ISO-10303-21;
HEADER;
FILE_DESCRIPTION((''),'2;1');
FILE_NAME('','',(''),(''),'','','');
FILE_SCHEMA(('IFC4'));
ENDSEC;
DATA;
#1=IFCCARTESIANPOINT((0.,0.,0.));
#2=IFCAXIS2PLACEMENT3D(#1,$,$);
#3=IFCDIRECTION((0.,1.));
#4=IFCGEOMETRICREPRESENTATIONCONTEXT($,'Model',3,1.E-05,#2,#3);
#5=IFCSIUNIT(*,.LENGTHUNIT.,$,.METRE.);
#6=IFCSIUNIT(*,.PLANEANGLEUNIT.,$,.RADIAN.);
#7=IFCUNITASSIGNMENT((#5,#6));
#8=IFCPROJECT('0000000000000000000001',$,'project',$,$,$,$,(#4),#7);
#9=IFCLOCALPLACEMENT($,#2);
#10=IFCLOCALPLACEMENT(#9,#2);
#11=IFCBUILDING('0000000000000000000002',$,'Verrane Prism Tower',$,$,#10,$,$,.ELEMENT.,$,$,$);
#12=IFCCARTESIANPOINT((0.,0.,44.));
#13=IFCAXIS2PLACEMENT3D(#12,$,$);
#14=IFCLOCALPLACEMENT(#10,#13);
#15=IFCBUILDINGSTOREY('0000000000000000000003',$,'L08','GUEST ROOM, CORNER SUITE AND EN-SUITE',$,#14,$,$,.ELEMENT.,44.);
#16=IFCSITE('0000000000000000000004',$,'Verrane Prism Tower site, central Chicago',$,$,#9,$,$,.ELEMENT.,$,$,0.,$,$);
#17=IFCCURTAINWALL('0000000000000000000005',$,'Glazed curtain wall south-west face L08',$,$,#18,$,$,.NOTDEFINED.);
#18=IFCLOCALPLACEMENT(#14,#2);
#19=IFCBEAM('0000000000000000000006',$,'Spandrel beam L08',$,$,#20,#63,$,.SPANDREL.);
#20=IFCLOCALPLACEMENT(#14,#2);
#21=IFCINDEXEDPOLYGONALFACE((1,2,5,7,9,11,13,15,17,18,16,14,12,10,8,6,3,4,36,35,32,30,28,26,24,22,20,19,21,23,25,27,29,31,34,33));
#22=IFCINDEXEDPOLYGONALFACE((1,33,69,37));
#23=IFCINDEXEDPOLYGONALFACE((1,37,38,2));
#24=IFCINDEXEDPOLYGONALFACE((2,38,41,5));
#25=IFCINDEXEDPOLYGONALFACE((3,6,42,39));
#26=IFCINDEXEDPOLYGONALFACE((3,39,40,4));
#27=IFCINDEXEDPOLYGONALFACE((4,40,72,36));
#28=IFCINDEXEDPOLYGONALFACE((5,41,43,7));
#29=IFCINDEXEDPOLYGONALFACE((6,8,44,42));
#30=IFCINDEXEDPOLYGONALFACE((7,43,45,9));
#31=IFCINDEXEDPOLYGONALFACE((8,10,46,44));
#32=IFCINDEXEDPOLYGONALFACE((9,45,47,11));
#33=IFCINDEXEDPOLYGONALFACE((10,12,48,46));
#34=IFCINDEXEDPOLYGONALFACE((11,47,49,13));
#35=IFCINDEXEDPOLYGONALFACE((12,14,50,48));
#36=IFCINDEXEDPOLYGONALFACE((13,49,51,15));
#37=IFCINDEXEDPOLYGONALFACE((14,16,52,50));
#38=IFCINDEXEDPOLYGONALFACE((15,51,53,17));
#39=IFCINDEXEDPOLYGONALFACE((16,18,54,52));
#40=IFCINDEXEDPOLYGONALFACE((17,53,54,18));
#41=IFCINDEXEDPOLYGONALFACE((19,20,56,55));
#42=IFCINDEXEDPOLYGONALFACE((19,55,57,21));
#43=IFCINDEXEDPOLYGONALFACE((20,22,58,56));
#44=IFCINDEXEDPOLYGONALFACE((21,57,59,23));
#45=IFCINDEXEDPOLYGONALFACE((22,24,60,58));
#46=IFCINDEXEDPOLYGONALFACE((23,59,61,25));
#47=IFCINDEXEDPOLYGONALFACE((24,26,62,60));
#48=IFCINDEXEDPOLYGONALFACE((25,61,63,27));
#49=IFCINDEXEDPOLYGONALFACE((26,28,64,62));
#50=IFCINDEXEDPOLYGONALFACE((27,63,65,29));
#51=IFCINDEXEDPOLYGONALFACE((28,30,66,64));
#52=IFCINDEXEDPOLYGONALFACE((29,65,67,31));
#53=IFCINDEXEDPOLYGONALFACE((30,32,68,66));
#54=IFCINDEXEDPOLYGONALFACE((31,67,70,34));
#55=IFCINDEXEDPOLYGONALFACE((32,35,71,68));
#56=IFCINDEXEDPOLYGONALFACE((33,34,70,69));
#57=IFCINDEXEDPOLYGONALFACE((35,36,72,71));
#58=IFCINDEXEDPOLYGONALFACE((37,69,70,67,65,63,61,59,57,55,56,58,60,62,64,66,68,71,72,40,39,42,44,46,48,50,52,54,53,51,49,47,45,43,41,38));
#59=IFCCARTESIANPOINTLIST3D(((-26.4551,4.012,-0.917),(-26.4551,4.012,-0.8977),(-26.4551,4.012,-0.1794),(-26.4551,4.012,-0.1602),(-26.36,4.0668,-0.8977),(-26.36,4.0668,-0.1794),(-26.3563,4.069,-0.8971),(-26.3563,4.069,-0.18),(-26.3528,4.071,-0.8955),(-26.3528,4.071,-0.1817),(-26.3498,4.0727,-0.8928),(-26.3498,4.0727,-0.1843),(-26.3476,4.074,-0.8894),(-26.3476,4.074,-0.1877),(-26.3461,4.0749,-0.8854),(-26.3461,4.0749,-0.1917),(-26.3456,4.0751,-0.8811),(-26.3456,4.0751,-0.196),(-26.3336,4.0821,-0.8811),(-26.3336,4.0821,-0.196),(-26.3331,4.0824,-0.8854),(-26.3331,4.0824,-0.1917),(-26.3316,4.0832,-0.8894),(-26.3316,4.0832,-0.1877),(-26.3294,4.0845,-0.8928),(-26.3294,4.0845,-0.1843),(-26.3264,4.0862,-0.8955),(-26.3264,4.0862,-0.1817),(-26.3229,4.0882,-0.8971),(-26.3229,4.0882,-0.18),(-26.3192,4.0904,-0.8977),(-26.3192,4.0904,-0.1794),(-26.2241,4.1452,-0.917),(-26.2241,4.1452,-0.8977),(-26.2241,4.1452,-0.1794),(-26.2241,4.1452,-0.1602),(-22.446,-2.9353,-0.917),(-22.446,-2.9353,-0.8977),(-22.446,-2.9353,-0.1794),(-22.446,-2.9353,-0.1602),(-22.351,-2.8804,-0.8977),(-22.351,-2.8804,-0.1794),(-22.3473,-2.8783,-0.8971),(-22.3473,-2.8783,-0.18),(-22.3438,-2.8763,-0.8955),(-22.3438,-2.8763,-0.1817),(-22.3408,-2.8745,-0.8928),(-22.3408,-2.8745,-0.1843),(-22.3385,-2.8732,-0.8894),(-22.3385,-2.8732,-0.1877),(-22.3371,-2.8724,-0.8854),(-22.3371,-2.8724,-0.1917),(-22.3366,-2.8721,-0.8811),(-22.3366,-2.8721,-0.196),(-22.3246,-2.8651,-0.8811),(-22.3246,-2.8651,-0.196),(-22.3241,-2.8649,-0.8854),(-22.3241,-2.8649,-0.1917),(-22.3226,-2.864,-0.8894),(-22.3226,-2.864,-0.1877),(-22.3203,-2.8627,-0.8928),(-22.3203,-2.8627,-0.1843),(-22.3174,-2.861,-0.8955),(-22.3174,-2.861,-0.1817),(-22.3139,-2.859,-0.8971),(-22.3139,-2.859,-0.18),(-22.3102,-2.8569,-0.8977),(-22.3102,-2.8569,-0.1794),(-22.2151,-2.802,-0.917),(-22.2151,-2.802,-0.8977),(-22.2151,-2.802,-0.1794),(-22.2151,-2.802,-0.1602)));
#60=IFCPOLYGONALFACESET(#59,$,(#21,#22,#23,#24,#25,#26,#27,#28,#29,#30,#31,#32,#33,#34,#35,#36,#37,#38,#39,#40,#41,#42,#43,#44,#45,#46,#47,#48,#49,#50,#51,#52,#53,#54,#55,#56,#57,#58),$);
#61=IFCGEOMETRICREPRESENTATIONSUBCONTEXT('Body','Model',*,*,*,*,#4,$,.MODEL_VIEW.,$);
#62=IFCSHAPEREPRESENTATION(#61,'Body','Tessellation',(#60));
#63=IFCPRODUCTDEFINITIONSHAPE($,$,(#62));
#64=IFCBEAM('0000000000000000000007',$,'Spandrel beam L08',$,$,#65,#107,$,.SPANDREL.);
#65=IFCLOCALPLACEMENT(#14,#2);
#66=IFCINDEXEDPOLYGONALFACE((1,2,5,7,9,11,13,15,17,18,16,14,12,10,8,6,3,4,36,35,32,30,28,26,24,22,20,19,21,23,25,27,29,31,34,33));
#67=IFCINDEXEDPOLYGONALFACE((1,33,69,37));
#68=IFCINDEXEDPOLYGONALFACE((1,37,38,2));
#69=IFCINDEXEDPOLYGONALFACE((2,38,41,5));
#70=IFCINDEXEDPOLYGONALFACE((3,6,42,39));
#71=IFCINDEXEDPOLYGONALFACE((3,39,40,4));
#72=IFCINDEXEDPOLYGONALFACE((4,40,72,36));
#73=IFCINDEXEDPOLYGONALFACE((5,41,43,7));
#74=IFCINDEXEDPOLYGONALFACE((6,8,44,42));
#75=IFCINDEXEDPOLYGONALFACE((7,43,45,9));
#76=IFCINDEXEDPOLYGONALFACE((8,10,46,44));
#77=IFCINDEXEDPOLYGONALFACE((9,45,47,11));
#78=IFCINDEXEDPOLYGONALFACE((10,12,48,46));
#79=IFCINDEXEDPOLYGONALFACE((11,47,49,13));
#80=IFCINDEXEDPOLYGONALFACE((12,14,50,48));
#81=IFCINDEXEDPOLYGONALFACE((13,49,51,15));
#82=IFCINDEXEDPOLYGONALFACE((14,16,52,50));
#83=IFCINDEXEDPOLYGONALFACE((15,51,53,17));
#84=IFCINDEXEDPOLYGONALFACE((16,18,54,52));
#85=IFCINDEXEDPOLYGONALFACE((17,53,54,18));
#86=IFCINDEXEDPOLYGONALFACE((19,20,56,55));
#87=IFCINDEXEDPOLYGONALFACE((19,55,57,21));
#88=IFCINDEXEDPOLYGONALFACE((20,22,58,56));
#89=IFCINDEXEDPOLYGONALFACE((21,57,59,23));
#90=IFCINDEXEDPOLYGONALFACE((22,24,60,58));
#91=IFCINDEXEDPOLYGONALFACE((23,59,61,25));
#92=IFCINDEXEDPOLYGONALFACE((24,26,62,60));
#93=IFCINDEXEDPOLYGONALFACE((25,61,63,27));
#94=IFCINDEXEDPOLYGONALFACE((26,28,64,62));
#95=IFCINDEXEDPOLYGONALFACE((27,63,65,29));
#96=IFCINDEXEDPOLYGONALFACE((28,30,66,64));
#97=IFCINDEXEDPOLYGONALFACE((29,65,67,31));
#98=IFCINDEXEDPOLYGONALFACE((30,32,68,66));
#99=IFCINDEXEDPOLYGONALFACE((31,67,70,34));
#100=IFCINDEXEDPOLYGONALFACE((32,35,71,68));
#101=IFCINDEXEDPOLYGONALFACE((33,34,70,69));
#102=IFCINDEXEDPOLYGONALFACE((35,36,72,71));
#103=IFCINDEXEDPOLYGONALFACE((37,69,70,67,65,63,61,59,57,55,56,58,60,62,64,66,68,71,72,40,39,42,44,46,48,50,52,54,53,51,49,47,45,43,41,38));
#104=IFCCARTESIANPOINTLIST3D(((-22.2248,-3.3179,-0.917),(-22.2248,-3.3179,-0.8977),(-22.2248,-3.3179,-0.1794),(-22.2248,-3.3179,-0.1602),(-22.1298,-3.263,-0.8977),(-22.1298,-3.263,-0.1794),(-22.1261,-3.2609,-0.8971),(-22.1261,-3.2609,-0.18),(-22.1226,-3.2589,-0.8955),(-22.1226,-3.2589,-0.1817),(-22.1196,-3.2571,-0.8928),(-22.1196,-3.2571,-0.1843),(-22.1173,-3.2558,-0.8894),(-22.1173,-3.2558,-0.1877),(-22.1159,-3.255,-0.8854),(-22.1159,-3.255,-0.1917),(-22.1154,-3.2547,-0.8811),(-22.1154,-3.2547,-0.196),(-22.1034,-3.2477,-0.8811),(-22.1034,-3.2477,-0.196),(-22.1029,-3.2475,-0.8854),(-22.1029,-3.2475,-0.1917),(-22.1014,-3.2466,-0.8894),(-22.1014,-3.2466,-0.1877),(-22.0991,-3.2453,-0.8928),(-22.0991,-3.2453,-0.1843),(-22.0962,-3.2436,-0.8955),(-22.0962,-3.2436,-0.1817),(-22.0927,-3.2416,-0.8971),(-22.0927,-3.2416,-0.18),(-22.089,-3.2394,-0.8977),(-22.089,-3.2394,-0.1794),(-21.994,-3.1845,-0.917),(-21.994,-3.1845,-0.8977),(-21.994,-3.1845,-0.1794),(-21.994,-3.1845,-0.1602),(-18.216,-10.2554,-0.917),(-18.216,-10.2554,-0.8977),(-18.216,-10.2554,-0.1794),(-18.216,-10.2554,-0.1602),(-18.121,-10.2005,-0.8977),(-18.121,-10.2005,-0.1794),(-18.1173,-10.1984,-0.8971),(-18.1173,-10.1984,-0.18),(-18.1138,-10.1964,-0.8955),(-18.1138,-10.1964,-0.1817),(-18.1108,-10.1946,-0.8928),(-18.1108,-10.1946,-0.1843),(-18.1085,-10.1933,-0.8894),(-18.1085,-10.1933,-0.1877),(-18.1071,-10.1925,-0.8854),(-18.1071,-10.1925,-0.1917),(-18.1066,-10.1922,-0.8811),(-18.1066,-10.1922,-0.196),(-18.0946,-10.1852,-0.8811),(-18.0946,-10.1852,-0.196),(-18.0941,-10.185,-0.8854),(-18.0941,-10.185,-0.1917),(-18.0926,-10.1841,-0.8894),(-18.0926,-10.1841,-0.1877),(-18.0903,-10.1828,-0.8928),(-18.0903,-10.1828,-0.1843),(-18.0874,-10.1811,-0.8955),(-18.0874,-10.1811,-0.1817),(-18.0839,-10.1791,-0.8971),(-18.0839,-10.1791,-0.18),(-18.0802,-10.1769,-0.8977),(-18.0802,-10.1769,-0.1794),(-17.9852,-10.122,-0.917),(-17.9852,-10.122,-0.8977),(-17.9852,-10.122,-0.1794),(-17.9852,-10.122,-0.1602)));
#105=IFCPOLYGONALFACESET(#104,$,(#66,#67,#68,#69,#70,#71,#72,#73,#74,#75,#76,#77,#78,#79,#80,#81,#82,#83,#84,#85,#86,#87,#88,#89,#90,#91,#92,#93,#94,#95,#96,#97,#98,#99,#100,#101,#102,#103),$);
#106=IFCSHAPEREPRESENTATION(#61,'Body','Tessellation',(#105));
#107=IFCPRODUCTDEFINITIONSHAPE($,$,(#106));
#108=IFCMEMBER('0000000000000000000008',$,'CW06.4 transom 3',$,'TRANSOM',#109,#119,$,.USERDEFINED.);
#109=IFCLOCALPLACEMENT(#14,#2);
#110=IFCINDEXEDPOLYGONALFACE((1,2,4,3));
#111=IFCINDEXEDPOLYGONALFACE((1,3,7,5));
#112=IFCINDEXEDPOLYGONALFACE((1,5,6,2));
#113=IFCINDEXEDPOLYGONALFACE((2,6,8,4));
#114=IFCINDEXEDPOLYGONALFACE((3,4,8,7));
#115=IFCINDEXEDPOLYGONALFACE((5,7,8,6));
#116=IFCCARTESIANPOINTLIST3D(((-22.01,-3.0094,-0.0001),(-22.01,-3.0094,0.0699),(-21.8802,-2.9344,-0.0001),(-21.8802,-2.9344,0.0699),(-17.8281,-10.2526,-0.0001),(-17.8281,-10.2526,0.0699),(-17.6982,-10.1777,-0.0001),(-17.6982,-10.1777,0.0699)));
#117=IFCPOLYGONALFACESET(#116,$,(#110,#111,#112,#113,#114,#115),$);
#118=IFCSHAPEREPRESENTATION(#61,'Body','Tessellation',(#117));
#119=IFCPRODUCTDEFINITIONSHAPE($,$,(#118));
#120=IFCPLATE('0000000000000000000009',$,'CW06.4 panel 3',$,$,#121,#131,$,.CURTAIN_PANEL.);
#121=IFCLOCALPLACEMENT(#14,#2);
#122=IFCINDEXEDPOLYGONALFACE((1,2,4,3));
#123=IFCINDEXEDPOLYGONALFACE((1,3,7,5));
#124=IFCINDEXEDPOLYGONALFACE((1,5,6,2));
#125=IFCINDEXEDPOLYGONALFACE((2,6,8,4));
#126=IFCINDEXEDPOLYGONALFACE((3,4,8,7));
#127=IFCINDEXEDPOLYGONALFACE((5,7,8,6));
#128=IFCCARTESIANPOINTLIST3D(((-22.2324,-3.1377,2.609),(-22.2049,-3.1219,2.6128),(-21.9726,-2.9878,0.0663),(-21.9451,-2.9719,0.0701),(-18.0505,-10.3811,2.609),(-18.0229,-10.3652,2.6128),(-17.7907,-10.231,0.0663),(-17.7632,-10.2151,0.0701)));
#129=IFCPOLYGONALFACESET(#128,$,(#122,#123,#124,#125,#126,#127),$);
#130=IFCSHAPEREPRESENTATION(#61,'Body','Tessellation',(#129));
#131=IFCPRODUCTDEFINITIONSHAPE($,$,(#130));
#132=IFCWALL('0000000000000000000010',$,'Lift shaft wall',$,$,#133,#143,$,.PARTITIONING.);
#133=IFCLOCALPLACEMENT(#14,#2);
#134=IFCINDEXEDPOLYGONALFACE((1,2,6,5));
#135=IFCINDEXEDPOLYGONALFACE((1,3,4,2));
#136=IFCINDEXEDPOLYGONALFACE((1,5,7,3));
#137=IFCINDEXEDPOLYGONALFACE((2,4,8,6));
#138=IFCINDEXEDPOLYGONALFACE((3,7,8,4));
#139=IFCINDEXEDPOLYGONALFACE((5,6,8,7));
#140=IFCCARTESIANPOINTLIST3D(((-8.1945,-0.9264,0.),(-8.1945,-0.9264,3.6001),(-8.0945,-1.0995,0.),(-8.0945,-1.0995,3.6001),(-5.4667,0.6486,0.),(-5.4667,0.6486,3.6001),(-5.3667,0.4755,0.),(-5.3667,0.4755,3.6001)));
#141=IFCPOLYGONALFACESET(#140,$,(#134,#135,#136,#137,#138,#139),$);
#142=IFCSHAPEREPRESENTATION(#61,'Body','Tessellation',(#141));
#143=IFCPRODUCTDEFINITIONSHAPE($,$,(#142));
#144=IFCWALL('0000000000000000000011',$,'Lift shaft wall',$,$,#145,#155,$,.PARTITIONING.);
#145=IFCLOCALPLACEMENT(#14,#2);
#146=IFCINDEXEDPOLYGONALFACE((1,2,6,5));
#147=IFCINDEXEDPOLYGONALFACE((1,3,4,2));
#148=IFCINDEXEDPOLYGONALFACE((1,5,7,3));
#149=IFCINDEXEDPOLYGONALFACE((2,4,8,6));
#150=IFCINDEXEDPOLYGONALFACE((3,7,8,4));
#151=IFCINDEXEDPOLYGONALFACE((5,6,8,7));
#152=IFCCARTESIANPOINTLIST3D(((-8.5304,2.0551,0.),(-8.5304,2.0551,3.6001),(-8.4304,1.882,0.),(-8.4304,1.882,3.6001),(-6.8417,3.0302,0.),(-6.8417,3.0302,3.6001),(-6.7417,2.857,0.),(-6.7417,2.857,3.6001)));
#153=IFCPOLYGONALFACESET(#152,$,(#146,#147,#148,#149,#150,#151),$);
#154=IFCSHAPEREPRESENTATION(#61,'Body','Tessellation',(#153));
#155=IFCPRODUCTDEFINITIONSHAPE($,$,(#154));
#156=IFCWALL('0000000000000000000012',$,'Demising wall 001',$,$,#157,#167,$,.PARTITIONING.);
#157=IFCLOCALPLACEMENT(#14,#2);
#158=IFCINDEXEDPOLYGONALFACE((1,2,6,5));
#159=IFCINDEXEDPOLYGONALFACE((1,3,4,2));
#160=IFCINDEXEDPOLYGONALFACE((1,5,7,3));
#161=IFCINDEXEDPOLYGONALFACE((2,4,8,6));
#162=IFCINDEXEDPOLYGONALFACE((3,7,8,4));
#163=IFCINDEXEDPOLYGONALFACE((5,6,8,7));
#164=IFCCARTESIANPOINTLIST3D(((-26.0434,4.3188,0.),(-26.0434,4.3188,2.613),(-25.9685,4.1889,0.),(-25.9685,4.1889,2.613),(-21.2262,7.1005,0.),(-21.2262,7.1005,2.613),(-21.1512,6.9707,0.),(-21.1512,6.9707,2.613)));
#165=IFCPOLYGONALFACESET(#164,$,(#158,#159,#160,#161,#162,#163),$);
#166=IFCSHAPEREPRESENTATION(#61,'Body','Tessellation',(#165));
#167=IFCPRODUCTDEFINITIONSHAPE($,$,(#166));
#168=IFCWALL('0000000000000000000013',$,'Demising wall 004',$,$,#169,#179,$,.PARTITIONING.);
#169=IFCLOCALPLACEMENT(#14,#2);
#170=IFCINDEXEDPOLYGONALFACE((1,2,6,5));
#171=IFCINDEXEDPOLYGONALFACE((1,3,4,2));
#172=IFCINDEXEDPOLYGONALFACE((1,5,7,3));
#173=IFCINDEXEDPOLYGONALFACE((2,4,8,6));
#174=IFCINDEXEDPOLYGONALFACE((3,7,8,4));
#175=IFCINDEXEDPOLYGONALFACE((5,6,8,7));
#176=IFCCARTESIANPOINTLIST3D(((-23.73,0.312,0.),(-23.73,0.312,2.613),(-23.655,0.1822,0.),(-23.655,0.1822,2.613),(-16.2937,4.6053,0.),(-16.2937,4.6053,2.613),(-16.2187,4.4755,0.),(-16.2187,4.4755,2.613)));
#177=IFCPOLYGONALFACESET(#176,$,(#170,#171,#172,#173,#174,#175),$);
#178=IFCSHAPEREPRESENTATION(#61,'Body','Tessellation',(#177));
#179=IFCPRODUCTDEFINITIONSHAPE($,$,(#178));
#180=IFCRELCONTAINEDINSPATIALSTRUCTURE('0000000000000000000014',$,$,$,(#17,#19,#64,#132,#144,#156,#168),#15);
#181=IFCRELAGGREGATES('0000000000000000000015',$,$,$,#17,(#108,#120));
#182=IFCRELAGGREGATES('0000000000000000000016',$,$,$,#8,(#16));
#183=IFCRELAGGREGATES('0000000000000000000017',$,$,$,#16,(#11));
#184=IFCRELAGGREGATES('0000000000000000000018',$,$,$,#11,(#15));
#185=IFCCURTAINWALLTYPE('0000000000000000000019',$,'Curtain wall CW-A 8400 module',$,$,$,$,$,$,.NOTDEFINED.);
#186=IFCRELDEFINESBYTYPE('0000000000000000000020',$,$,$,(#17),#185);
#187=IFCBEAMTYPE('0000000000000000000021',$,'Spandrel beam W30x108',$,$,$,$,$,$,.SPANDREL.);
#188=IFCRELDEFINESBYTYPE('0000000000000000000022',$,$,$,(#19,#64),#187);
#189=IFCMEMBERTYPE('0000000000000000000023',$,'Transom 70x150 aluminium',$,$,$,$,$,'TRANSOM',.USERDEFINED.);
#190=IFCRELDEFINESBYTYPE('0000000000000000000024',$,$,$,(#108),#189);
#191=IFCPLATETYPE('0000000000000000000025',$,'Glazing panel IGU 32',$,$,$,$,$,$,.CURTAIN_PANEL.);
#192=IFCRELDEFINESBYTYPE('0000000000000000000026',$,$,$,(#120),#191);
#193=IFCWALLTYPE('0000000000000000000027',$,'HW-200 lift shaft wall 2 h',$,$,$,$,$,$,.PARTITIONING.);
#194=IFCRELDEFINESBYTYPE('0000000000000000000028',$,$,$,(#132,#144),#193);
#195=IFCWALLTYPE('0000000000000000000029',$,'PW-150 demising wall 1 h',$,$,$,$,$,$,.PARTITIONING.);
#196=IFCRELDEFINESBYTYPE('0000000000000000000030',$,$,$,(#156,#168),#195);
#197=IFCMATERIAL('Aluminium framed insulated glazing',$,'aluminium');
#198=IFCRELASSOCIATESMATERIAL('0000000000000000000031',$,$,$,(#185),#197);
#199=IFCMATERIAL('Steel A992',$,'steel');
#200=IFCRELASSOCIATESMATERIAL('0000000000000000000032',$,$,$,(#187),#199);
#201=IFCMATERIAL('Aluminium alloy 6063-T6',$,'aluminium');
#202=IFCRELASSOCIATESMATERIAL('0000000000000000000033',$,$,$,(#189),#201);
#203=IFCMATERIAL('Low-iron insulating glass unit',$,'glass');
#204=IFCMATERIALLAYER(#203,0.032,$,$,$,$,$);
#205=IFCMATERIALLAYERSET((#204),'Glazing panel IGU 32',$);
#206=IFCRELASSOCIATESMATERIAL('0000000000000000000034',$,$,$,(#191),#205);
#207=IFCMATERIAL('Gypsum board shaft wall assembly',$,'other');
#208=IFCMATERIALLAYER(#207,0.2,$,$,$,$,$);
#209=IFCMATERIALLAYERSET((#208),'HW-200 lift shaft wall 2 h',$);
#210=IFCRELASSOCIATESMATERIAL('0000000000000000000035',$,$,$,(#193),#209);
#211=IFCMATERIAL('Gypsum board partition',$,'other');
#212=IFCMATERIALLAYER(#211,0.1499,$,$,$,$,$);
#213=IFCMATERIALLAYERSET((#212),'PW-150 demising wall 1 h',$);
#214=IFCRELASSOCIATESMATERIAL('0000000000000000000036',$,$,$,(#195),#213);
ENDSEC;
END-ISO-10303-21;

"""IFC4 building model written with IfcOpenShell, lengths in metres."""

from ifc_helpers import new_model, si_unit, direction, frame, frame_2d, origin, origin_2d, place, context, subcontext, project, spatial, polyline, rectangle, i_section, outline, extrude, material, layer, layer_set, material_profile, profile_set, type_object, element, aggregate, save


model = new_model("IFC4")

# Units and contexts
model_context = context("Model", 3, precision=1e-05, world=origin(), true_north=direction((0.0, 1.0)))
body_context = subcontext(model_context, "Body", "Model", "MODEL_VIEW")
ifc_project = project(units=[si_unit("LENGTHUNIT", "METRE"), si_unit("PLANEANGLEUNIT", "RADIAN")], contexts=[model_context])

# Site, building, storey
site_placement = place(None, origin())
site = spatial("IfcSite", under=ifc_project, at=site_placement, Name="Verrane Prism Tower site, central Chicago", CompositionType="ELEMENT", RefElevation=0.0)
building_placement = place(site_placement, origin())
building = spatial("IfcBuilding", under=site, at=building_placement, Name="Verrane Prism Tower", CompositionType="ELEMENT")
storey_placement = place(building_placement, frame((0.0, 0.0, 44.0)))
storey = spatial("IfcBuildingStorey", under=building, at=storey_placement, Name="L08", Description="GUEST ROOM, CORNER SUITE AND EN-SUITE", CompositionType="ELEMENT", Elevation=44.0)

# Curtain wall
ifc_material_1 = material(Name="Aluminium framed insulated glazing", Category="aluminium")
curtain_wall_type = type_object("IfcCurtainWallType", Name="Curtain wall CW-A 8400 module", PredefinedType="NOTDEFINED", material=ifc_material_1)
curtain_wall_placement = place(storey_placement, origin())
curtain_wall = element("IfcCurtainWall", 1, at=curtain_wall_placement, inside=storey, type_object=curtain_wall_type, Name="Glazed curtain wall south-west face L08", PredefinedType="NOTDEFINED")

# Beams
ifc_material_2 = material(Name="Steel A992", Category="steel")
ifc_material_profile_1 = material_profile(ifc_material_2, i_section(OverallWidth=0.2666, OverallDepth=0.7568, WebThickness=0.0139, FlangeThickness=0.0193, FilletRadius=0.0166, at=origin_2d()), Name="W30x108")
ifc_profile_set_1 = profile_set([ifc_material_profile_1], Name="Steel A992")
beam_type_1 = type_object("IfcBeamType", Name="Spandrel beam W30x108", PredefinedType="SPANDREL", material=ifc_profile_set_1)
beam_1_placement = place(storey_placement, frame((-26.3396, 4.0786, -0.5386), z_axis=(0.499816, -0.866132, 0.0), x_axis=(0.866132, 0.499816, 0.0)))
element("IfcBeam", 2, at=beam_1_placement, inside=storey, type_object=beam_type_1, Name="Spandrel beam L08", PredefinedType="SPANDREL", context=body_context, shape_type="SweptSolid", body=[
    extrude(i_section(OverallWidth=0.2666, OverallDepth=0.7568, WebThickness=0.0139, FlangeThickness=0.0193, FilletRadius=0.0166, at=origin_2d()), origin(), (0.0, 0.0, 1.0), 8.021),
])
beam_2_placement = place(storey_placement, frame((-22.1094, -3.2512, -0.5386), z_axis=(0.50032, -0.86584, 0.0), x_axis=(0.86584, 0.50032, 0.0)))
element("IfcBeam", 3, at=beam_2_placement, inside=storey, type_object=beam_type_1, Name="Spandrel beam L08", PredefinedType="SPANDREL", context=body_context, shape_type="SweptSolid", body=[
    extrude(i_section(OverallWidth=0.2666, OverallDepth=0.7568, WebThickness=0.0139, FlangeThickness=0.0193, FilletRadius=0.0166, at=origin_2d()), origin(), (0.0, 0.0, 1.0), 8.0125),
])

# Member
ifc_material_3 = material(Name="Aluminium alloy 6063-T6", Category="aluminium")
ifc_material_profile_2 = material_profile(ifc_material_3, rectangle(XDim=0.1499, YDim=0.0701, at=origin_2d()), Name="Transom 70x150 aluminium")
ifc_profile_set_2 = profile_set([ifc_material_profile_2], Name="Aluminium alloy 6063-T6")
member_type_1 = type_object("IfcMemberType", Name="Transom 70x150 aluminium", ElementType="TRANSOM", PredefinedType="USERDEFINED", material=ifc_profile_set_2)
member_1_placement = place(storey_placement, frame((-21.9451, -2.9719, 0.0349), z_axis=(0.500004, -0.866023, 0.0), x_axis=(0.866023, 0.500004, 0.0)))
member_1 = element("IfcMember", 4, at=member_1_placement, type_object=member_type_1, Name="CW06.4 transom 3", ObjectType="TRANSOM", PredefinedType="USERDEFINED", context=body_context, shape_type="SweptSolid", body=[
    extrude(rectangle(XDim=0.1499, YDim=0.0701, at=origin_2d()), origin(), (0.0, 0.0, 1.0), 8.3638),
])

# Plate
ifc_material_4 = material(Name="Low-iron insulating glass unit", Category="glass")
ifc_layer_1 = layer(ifc_material_4, 0.032)
ifc_layer_set_1 = layer_set([ifc_layer_1], Name="Glazing panel IGU 32")
plate_type = type_object("IfcPlateType", Name="Glazing panel IGU 32", PredefinedType="CURTAIN_PANEL", material=ifc_layer_set_1)
plate_placement = place(storey_placement, frame((-21.9451, -2.9719, 0.0701), z_axis=(0.860062, 0.496554, 0.117162), x_axis=(0.499998, -0.866027, -0.000001)))
plate = element("IfcPlate", 5, at=plate_placement, type_object=plate_type, Name="CW06.4 panel 3", PredefinedType="CURTAIN_PANEL", context=body_context, shape_type="SweptSolid", body=[
    extrude(outline(polyline([(0.0, 0.0), (8.3637, 0.0), (8.3639, -2.5604), (-0.0001, -2.5604), (0.0, 0.0)])), origin(), (0.0, 0.0, -1.0), 0.032),
])
aggregate(curtain_wall, [member_1, plate])

# Walls
ifc_material_5 = material(Name="Gypsum board shaft wall assembly", Category="other")
ifc_layer_2 = layer(ifc_material_5, 0.2)
ifc_layer_set_2 = layer_set([ifc_layer_2], Name="HW-200 lift shaft wall 2 h")
wall_type_1 = type_object("IfcWallType", Name="HW-200 lift shaft wall 2 h", PredefinedType="PARTITIONING", material=ifc_layer_set_2)
wall_1_placement = place(storey_placement, frame((-8.1445, -1.0129, 0.0), z_axis=(0.0, 0.0, 1.0), x_axis=(0.866016, 0.500015, 0.0)))
element("IfcWall", 6, at=wall_1_placement, inside=storey, type_object=wall_type_1, Name="Lift shaft wall", PredefinedType="PARTITIONING", context=body_context, shape_type="SweptSolid", body=[
    extrude(rectangle(XDim=3.1499, YDim=0.2, at=frame_2d((1.575, 0.0))), origin(), (0.0, 0.0, 1.0), 3.6001),
])
wall_2_placement = place(storey_placement, frame((-8.4805, 1.9685, 0.0), z_axis=(0.0, 0.0, 1.0), x_axis=(0.866, 0.500044, 0.0)))
element("IfcWall", 7, at=wall_2_placement, inside=storey, type_object=wall_type_1, Name="Lift shaft wall", PredefinedType="PARTITIONING", context=body_context, shape_type="SweptSolid", body=[
    extrude(rectangle(XDim=1.95, YDim=0.2, at=frame_2d((0.9751, 0.0))), origin(), (0.0, 0.0, 1.0), 3.6001),
])
ifc_material_6 = material(Name="Gypsum board partition", Category="other")
ifc_layer_3 = layer(ifc_material_6, 0.1499)
ifc_layer_set_3 = layer_set([ifc_layer_3], Name="PW-150 demising wall 1 h")
wall_type_2 = type_object("IfcWallType", Name="PW-150 demising wall 1 h", PredefinedType="PARTITIONING", material=ifc_layer_set_3)
wall_3_placement = place(storey_placement, frame((-26.0059, 4.2539, 0.0), z_axis=(0.0, 0.0, 1.0), x_axis=(0.865982, 0.500076, 0.0)))
element("IfcWall", 8, at=wall_3_placement, inside=storey, type_object=wall_type_2, Name="Demising wall 001", PredefinedType="PARTITIONING", context=body_context, shape_type="SweptSolid", body=[
    extrude(rectangle(XDim=5.5627, YDim=0.1499, at=frame_2d((2.7812, 0.0))), origin(), (0.0, 0.0, 1.0), 2.613),
])
wall_4_placement = place(storey_placement, frame((-23.6926, 0.2471, 0.0), z_axis=(0.0, 0.0, 1.0), x_axis=(0.866032, 0.499989, 0.0)))
element("IfcWall", 9, at=wall_4_placement, inside=storey, type_object=wall_type_2, Name="Demising wall 004", PredefinedType="PARTITIONING", context=body_context, shape_type="SweptSolid", body=[
    extrude(rectangle(XDim=8.5867, YDim=0.1499, at=frame_2d((4.2935, 0.0))), origin(), (0.0, 0.0, 1.0), 2.613),
])

save(model, "model.ifc")
